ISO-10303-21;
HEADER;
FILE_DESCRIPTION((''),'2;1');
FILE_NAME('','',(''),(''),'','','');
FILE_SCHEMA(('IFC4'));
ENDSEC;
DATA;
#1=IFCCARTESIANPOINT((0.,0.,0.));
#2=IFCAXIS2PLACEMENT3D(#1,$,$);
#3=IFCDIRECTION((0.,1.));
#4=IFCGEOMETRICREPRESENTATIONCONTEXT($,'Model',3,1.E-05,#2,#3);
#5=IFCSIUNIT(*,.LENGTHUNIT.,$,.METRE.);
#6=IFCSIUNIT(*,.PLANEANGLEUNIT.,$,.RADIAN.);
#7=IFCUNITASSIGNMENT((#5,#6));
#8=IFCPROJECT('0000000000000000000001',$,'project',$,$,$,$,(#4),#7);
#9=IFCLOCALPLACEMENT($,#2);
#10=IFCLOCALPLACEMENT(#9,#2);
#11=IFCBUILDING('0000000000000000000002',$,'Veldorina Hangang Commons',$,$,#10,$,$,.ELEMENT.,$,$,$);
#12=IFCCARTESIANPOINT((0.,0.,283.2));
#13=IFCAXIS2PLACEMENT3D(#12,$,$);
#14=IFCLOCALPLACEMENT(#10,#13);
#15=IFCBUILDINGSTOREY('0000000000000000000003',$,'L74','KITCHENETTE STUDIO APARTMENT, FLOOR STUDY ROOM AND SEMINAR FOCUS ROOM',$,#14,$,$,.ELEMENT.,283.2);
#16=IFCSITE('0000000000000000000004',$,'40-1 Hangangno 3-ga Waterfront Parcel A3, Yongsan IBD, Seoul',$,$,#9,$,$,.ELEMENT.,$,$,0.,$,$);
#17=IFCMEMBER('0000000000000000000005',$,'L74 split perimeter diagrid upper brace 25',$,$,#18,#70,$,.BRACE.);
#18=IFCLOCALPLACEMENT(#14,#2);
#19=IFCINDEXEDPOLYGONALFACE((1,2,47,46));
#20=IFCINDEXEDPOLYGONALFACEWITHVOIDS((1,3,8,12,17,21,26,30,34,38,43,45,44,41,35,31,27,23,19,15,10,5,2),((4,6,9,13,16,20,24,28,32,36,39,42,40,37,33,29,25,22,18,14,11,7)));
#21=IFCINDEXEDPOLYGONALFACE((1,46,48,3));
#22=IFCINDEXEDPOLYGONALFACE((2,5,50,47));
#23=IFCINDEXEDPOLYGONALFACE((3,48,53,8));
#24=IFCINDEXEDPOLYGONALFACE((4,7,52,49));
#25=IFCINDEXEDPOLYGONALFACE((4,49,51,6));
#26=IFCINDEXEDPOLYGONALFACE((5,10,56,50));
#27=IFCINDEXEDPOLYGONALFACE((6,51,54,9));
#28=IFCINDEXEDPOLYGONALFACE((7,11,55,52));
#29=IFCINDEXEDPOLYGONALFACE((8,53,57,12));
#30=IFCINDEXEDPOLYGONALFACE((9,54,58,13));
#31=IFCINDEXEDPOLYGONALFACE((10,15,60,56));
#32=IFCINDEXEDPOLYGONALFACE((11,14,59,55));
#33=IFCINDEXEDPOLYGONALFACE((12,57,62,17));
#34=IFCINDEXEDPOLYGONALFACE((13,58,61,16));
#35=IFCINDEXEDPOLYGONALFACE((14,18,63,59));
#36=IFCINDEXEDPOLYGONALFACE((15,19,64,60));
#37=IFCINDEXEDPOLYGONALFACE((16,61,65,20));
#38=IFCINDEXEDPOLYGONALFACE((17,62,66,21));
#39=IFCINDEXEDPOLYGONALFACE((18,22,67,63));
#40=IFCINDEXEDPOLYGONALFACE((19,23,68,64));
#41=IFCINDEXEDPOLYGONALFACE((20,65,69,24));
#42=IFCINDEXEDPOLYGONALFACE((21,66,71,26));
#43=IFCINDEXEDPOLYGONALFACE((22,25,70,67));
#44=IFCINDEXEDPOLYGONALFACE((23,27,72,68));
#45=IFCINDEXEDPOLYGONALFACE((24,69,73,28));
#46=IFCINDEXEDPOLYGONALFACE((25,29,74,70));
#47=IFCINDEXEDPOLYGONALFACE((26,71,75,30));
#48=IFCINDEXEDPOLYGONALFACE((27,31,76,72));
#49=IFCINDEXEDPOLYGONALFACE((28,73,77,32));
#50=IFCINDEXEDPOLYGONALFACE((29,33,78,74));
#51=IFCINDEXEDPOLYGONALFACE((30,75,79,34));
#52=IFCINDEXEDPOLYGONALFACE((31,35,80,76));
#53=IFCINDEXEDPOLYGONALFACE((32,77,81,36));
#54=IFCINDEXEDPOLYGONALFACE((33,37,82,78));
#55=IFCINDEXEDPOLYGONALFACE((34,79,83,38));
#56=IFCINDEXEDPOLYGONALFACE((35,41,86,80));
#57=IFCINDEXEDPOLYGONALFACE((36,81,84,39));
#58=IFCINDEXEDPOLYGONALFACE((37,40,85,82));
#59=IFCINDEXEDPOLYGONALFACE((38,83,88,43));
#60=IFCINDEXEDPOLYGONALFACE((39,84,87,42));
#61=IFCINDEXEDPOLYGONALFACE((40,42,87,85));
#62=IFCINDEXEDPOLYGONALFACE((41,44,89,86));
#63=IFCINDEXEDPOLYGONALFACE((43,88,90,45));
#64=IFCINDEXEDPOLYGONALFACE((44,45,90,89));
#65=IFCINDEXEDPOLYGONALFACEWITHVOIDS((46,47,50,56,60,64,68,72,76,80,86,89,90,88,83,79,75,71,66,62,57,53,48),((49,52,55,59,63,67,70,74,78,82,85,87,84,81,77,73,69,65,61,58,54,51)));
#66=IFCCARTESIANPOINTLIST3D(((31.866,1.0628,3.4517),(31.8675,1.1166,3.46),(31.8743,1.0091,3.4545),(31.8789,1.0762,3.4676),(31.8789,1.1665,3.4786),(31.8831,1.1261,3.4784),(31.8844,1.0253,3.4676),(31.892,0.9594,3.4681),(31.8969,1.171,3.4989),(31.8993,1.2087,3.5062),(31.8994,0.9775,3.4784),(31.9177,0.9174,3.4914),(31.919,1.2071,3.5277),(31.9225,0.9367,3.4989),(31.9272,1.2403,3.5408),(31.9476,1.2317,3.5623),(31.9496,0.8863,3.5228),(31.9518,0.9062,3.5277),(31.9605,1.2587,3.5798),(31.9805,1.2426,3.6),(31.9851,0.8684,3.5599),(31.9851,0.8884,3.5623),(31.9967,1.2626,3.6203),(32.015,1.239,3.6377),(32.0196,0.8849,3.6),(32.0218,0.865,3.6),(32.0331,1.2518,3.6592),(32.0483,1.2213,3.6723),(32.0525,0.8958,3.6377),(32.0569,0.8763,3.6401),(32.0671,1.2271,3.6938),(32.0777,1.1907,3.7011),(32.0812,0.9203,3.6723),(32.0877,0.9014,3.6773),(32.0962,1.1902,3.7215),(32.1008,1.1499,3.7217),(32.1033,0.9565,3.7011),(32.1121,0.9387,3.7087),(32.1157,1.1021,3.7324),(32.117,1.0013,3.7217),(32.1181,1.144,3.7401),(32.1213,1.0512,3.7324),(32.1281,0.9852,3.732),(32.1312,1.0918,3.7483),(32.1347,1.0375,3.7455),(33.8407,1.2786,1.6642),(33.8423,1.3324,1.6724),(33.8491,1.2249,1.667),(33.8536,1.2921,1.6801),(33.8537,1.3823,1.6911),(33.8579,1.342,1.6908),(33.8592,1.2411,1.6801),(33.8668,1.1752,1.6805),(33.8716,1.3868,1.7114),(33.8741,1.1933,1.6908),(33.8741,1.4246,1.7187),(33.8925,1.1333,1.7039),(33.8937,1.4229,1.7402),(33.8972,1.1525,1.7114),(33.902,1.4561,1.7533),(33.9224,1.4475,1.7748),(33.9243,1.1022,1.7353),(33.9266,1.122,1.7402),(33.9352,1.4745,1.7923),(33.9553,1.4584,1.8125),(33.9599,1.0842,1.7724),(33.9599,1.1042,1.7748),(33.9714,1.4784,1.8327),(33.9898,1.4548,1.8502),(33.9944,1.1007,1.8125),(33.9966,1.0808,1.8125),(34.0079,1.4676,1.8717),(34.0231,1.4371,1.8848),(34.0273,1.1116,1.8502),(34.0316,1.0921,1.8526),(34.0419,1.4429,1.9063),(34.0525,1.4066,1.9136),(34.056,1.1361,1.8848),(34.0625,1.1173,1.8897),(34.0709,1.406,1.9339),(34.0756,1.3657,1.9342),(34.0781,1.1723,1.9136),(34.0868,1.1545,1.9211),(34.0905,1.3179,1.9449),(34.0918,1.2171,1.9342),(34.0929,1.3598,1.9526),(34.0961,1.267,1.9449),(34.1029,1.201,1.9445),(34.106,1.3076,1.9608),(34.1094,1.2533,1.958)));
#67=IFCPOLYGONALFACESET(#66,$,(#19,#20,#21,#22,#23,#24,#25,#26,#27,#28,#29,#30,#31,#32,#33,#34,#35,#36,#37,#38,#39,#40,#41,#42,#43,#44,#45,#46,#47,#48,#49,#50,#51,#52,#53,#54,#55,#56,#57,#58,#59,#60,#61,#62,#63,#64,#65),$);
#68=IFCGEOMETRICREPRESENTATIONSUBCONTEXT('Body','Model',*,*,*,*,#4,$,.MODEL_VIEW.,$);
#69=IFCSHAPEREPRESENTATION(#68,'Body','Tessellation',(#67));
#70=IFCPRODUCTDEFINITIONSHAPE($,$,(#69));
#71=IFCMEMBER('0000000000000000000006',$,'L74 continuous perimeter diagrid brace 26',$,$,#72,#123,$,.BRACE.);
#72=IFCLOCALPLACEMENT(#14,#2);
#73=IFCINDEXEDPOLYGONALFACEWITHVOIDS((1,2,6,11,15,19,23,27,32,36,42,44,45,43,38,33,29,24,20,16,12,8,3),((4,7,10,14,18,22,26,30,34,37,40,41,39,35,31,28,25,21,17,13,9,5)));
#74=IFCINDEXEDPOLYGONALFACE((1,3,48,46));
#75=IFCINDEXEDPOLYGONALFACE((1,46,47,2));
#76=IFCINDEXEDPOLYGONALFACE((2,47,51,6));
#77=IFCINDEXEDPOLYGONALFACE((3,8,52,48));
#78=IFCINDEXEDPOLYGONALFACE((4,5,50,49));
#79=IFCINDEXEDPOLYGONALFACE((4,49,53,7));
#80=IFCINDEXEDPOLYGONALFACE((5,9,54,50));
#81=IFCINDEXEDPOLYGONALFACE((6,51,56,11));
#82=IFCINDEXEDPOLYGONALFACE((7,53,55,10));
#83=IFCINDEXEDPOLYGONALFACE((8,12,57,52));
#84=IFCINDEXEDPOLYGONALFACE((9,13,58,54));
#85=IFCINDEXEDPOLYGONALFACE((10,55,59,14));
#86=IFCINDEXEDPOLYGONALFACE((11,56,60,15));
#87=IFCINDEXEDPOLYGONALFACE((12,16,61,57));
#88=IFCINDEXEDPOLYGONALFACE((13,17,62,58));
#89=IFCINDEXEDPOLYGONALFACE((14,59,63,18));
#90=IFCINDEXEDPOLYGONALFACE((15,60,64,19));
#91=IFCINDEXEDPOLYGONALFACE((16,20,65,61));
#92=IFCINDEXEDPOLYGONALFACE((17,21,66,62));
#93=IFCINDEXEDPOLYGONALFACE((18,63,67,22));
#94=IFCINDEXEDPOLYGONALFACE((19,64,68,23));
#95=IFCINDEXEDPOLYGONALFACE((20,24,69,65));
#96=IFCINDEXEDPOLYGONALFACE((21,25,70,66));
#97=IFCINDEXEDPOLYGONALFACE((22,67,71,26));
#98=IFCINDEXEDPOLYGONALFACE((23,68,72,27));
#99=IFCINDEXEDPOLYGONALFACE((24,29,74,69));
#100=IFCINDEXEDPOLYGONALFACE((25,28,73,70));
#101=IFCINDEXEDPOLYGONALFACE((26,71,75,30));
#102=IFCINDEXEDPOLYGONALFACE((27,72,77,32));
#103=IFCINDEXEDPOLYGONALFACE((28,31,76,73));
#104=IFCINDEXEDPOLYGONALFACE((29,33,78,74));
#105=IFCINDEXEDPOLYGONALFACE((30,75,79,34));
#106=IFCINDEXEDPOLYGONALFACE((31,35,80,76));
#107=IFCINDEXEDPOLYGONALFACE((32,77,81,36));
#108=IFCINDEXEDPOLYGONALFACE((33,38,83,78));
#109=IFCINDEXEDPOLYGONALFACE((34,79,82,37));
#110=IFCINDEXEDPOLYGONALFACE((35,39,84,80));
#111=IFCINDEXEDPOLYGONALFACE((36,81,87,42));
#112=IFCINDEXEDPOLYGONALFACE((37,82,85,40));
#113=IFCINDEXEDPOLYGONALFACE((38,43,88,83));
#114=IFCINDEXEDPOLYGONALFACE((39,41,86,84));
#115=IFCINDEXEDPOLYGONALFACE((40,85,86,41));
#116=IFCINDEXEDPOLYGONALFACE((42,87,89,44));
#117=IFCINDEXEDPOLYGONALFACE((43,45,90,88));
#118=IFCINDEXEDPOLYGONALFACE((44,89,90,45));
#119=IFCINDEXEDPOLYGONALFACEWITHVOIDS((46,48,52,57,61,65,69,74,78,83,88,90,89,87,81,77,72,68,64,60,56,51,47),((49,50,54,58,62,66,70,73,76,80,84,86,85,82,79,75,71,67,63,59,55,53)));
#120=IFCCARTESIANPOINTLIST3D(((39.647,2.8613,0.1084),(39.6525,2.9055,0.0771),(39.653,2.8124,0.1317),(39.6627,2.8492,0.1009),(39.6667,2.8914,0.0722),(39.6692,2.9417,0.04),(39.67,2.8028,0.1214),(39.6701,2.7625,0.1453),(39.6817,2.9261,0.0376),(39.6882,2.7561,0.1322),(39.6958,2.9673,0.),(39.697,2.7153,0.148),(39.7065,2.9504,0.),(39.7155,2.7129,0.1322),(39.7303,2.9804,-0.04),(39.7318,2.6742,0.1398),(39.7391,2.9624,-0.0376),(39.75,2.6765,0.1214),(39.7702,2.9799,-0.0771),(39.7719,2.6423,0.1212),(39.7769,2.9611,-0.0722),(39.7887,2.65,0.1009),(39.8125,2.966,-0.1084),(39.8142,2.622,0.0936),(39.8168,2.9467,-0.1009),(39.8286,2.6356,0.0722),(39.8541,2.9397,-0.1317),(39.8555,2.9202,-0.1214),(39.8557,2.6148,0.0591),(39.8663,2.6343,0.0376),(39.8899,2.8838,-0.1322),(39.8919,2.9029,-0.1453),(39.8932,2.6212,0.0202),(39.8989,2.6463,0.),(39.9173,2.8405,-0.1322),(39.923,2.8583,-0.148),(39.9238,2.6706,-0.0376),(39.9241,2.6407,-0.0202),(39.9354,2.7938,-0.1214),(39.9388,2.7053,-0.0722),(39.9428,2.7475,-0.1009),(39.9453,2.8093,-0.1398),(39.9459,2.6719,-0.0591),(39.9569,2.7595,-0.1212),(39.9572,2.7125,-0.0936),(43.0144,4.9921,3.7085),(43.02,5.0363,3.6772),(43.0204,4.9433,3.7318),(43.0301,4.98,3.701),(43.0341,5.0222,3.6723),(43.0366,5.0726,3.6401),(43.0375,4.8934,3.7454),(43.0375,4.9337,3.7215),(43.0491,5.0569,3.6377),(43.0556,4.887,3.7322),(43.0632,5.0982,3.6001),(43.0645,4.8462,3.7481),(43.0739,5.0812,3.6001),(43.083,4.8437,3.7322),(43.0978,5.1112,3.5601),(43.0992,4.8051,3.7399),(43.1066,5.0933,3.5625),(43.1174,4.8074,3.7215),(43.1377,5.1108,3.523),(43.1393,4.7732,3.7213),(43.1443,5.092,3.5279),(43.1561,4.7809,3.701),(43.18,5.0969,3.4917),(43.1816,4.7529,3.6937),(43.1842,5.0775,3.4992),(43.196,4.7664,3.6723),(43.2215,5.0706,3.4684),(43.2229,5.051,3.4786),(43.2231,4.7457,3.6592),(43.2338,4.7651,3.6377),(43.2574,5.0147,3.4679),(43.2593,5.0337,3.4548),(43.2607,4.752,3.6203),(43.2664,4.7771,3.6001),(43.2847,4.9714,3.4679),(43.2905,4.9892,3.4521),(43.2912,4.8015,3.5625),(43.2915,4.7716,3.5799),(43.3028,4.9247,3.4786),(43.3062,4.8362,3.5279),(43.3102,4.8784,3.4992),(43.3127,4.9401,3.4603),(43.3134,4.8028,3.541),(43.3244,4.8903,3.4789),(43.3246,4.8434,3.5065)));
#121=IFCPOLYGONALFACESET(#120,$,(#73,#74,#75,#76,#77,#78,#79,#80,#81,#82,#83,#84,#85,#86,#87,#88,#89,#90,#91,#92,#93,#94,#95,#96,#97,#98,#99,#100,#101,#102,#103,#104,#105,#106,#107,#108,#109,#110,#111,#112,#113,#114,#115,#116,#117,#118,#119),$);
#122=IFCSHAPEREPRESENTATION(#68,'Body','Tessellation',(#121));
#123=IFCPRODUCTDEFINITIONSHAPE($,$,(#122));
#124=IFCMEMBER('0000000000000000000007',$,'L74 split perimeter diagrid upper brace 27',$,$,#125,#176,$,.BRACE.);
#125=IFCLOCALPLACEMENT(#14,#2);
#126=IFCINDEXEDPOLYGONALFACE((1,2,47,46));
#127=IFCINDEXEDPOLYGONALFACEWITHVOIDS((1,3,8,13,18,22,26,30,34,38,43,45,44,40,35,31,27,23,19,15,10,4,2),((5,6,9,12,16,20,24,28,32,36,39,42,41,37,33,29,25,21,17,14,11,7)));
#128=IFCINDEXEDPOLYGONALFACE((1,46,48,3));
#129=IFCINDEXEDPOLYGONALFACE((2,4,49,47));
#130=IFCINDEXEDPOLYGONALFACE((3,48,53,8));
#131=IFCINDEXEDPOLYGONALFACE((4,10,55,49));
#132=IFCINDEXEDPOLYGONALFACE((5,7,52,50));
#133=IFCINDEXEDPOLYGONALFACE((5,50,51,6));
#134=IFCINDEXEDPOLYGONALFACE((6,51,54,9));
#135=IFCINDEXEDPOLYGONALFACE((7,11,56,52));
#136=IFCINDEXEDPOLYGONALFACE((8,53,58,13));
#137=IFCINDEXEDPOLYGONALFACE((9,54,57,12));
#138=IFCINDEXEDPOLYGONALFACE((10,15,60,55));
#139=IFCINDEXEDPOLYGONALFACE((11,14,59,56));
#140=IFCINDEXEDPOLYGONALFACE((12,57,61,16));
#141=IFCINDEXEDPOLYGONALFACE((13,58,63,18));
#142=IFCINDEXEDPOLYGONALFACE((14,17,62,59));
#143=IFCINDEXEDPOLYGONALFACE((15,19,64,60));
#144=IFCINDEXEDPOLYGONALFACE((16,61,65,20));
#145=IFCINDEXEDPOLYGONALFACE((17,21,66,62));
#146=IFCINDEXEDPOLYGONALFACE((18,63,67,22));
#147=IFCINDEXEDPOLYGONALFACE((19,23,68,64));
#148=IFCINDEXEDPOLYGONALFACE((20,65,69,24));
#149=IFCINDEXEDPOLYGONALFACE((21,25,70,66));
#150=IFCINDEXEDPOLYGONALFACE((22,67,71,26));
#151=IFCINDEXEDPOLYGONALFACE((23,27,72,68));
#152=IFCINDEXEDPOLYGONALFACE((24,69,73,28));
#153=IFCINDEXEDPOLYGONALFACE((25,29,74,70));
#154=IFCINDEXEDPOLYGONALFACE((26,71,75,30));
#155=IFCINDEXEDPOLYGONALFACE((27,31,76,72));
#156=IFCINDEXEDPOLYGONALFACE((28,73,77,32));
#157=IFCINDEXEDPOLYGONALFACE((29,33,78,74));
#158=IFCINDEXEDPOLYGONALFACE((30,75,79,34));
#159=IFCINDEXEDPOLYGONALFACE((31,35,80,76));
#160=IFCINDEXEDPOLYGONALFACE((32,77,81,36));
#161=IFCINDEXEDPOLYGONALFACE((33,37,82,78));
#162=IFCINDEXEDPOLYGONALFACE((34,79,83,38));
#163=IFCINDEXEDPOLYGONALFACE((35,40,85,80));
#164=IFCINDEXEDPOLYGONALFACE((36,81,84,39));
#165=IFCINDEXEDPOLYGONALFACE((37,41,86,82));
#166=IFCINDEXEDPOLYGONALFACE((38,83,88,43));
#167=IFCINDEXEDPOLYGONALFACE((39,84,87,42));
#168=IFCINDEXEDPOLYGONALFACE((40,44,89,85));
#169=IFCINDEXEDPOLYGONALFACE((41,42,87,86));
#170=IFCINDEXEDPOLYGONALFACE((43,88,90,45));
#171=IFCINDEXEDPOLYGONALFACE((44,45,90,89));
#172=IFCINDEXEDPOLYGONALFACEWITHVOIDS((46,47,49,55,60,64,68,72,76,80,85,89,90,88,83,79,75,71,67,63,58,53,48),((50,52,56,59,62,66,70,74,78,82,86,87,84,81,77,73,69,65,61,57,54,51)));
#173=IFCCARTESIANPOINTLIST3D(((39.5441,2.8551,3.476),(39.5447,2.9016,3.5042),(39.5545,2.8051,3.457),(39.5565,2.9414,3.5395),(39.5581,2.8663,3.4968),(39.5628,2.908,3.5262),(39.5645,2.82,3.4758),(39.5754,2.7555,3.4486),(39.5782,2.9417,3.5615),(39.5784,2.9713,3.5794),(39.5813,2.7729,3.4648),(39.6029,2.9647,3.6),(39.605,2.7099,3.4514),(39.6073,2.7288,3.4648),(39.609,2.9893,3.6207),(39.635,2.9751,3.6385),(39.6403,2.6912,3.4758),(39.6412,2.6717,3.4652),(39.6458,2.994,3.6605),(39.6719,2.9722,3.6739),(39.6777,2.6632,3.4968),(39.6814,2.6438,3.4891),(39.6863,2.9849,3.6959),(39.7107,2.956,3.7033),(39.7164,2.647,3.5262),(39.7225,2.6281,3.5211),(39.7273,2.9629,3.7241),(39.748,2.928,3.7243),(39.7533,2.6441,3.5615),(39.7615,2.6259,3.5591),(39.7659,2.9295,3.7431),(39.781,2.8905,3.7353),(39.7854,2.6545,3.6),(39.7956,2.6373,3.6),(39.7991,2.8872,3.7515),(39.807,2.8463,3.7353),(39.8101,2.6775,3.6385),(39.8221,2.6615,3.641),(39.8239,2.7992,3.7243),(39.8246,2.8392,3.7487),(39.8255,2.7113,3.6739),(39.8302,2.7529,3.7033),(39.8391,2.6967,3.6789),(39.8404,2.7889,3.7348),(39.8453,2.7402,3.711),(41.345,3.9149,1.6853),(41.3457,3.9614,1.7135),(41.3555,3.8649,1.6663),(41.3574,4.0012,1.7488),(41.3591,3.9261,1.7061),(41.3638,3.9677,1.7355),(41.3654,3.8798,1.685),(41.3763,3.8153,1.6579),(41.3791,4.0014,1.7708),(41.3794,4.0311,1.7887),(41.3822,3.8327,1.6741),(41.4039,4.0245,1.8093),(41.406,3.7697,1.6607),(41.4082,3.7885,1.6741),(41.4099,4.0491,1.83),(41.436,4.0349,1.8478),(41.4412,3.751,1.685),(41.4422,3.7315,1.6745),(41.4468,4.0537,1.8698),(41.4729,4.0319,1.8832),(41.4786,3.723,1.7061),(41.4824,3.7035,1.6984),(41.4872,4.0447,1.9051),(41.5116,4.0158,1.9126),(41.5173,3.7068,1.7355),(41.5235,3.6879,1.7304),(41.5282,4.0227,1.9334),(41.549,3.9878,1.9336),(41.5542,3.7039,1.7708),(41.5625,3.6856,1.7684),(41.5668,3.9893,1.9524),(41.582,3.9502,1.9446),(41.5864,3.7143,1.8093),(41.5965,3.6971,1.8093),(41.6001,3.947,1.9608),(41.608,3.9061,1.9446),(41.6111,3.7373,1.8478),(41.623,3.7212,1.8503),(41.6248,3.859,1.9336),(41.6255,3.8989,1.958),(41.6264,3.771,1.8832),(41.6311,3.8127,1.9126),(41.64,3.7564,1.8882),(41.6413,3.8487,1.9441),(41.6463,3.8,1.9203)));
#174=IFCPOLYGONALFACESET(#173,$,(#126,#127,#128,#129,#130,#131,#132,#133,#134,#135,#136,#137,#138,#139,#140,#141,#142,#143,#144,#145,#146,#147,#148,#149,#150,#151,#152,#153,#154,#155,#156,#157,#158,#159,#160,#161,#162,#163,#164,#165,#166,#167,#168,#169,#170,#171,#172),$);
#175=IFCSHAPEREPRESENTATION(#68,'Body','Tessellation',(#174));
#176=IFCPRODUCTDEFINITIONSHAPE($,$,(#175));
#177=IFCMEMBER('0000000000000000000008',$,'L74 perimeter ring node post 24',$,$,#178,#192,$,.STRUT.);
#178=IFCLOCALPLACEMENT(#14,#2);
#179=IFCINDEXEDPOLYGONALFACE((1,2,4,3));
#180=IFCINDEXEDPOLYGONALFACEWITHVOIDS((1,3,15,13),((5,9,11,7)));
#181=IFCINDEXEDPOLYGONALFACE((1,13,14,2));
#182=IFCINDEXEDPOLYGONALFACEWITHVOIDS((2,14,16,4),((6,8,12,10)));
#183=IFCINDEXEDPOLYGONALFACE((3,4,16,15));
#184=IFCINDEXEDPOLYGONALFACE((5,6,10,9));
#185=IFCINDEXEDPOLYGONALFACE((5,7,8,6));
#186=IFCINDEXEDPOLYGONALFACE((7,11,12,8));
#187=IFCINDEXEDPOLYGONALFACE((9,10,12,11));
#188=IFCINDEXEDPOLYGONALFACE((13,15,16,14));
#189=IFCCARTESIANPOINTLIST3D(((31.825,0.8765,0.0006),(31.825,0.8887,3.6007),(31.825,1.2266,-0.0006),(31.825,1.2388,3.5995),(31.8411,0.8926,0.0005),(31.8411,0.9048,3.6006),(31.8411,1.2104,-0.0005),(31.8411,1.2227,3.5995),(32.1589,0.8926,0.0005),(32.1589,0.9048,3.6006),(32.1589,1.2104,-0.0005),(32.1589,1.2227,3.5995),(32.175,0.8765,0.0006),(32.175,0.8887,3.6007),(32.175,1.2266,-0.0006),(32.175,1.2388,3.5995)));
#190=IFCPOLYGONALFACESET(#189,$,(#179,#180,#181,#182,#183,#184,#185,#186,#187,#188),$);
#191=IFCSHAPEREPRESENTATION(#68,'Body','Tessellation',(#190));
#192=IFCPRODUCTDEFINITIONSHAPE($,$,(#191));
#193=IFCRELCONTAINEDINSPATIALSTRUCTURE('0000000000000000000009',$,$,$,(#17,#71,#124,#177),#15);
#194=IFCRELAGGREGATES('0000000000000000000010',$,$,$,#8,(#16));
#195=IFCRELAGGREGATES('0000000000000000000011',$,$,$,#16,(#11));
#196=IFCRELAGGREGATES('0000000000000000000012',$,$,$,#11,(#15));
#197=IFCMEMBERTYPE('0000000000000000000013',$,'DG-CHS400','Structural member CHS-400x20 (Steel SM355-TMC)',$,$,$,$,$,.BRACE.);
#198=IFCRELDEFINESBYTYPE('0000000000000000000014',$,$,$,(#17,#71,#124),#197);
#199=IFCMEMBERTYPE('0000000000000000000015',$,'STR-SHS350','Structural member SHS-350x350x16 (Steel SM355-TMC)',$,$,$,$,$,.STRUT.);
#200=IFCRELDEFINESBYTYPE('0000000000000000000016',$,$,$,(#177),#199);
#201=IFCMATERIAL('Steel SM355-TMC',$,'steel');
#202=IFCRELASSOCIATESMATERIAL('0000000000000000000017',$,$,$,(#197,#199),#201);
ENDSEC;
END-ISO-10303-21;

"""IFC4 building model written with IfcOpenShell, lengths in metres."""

from ifc_helpers import new_model, si_unit, direction, frame, origin, origin_2d, place, context, subcontext, project, spatial, hollow_rectangle, hollow_circle, extrude, material, material_profile, profile_set, type_object, element, save


model = new_model("IFC4")

# Units and contexts
model_context = context("Model", 3, precision=1e-05, world=origin(), true_north=direction((0.0, 1.0)))
body_context = subcontext(model_context, "Body", "Model", "MODEL_VIEW")
ifc_project = project(units=[si_unit("LENGTHUNIT", "METRE"), si_unit("PLANEANGLEUNIT", "RADIAN")], contexts=[model_context])

# Site, building, storey
site_placement = place(None, origin())
site = spatial("IfcSite", under=ifc_project, at=site_placement, Name="40-1 Hangangno 3-ga Waterfront Parcel A3, Yongsan IBD, Seoul", CompositionType="ELEMENT", RefElevation=0.0)
building_placement = place(site_placement, origin())
building = spatial("IfcBuilding", under=site, at=building_placement, Name="Veldorina Hangang Commons", CompositionType="ELEMENT")
storey_placement = place(building_placement, frame((0.0, 0.0, 283.2)))
storey = spatial("IfcBuildingStorey", under=building, at=storey_placement, Name="L74", Description="KITCHENETTE STUDIO APARTMENT, FLOOR STUDY ROOM AND SEMINAR FOCUS ROOM", CompositionType="ELEMENT", Elevation=283.2)

# Shared definitions
ifc_material_1 = material(Name="Steel SM355-TMC", Category="steel")

# Members
ifc_material_profile_1 = material_profile(ifc_material_1, hollow_circle(Radius=0.2, WallThickness=0.02, at=origin_2d()), Name="CHS-400x20")
ifc_profile_set_1 = profile_set([ifc_material_profile_1], Name="Steel SM355-TMC")
member_type_1 = type_object("IfcMemberType", Name="DG-CHS400", Description="Structural member CHS-400x20 (Steel SM355-TMC)", PredefinedType="BRACE", material=ifc_profile_set_1)
member_1_placement = place(storey_placement, frame((33.9749, 1.2795, 1.8125), z_axis=(-0.73896, -0.080757, 0.668892), x_axis=(0.108637, -0.994081, 0.0)))
element("IfcMember", 1, at=member_1_placement, inside=storey, type_object=member_type_1, Name="L74 split perimeter diagrid upper brace 25", PredefinedType="BRACE", context=body_context, shape_type="SweptSolid", body=[
    extrude(hollow_circle(Radius=0.2, WallThickness=0.02, at=origin_2d()), origin(), (0.0, 0.0, 1.0), 2.6724),
])
member_2_placement = place(storey_placement, frame((39.8027, 2.7983, 0.0), z_axis=(0.627039, 0.396781, 0.670363), x_axis=(-0.534721, 0.845029, 0.0)))
element("IfcMember", 2, at=member_2_placement, inside=storey, type_object=member_type_1, Name="L74 continuous perimeter diagrid brace 26", PredefinedType="BRACE", context=body_context, shape_type="SweptSolid", body=[
    extrude(hollow_circle(Radius=0.2, WallThickness=0.02, at=origin_2d()), origin(), (0.0, 0.0, 1.0), 5.3704),
])
member_3_placement = place(storey_placement, frame((41.4951, 3.8694, 1.8093), z_axis=(-0.654431, -0.3851, 0.650705), x_axis=(0.507158, -0.861853, 0.0)))
element("IfcMember", 3, at=member_3_placement, inside=storey, type_object=member_type_1, Name="L74 split perimeter diagrid upper brace 27", PredefinedType="BRACE", context=body_context, shape_type="SweptSolid", body=[
    extrude(hollow_circle(Radius=0.2, WallThickness=0.02, at=origin_2d()), origin(), (0.0, 0.0, 1.0), 2.752),
])
ifc_material_profile_2 = material_profile(ifc_material_1, hollow_rectangle(XDim=0.3501, YDim=0.3501, WallThickness=0.0161, at=origin_2d()), Name="SHS-350x350x16")
ifc_profile_set_2 = profile_set([ifc_material_profile_2], Name="Steel SM355-TMC")
member_type_2 = type_object("IfcMemberType", Name="STR-SHS350", Description="Structural member SHS-350x350x16 (Steel SM355-TMC)", PredefinedType="STRUT", material=ifc_profile_set_2)
member_4_placement = place(storey_placement, frame((32.0, 1.0515, 0.0), z_axis=(0.0, 0.003391, 0.999994), x_axis=(-1.0, 0.0, 0.0)))
element("IfcMember", 4, at=member_4_placement, inside=storey, type_object=member_type_2, Name="L74 perimeter ring node post 24", PredefinedType="STRUT", context=body_context, shape_type="SweptSolid", body=[
    extrude(hollow_rectangle(XDim=0.3501, YDim=0.3501, WallThickness=0.0161, at=origin_2d()), origin(), (0.0, 0.0, 1.0), 3.6001),
])

save(model, "model.ifc")
